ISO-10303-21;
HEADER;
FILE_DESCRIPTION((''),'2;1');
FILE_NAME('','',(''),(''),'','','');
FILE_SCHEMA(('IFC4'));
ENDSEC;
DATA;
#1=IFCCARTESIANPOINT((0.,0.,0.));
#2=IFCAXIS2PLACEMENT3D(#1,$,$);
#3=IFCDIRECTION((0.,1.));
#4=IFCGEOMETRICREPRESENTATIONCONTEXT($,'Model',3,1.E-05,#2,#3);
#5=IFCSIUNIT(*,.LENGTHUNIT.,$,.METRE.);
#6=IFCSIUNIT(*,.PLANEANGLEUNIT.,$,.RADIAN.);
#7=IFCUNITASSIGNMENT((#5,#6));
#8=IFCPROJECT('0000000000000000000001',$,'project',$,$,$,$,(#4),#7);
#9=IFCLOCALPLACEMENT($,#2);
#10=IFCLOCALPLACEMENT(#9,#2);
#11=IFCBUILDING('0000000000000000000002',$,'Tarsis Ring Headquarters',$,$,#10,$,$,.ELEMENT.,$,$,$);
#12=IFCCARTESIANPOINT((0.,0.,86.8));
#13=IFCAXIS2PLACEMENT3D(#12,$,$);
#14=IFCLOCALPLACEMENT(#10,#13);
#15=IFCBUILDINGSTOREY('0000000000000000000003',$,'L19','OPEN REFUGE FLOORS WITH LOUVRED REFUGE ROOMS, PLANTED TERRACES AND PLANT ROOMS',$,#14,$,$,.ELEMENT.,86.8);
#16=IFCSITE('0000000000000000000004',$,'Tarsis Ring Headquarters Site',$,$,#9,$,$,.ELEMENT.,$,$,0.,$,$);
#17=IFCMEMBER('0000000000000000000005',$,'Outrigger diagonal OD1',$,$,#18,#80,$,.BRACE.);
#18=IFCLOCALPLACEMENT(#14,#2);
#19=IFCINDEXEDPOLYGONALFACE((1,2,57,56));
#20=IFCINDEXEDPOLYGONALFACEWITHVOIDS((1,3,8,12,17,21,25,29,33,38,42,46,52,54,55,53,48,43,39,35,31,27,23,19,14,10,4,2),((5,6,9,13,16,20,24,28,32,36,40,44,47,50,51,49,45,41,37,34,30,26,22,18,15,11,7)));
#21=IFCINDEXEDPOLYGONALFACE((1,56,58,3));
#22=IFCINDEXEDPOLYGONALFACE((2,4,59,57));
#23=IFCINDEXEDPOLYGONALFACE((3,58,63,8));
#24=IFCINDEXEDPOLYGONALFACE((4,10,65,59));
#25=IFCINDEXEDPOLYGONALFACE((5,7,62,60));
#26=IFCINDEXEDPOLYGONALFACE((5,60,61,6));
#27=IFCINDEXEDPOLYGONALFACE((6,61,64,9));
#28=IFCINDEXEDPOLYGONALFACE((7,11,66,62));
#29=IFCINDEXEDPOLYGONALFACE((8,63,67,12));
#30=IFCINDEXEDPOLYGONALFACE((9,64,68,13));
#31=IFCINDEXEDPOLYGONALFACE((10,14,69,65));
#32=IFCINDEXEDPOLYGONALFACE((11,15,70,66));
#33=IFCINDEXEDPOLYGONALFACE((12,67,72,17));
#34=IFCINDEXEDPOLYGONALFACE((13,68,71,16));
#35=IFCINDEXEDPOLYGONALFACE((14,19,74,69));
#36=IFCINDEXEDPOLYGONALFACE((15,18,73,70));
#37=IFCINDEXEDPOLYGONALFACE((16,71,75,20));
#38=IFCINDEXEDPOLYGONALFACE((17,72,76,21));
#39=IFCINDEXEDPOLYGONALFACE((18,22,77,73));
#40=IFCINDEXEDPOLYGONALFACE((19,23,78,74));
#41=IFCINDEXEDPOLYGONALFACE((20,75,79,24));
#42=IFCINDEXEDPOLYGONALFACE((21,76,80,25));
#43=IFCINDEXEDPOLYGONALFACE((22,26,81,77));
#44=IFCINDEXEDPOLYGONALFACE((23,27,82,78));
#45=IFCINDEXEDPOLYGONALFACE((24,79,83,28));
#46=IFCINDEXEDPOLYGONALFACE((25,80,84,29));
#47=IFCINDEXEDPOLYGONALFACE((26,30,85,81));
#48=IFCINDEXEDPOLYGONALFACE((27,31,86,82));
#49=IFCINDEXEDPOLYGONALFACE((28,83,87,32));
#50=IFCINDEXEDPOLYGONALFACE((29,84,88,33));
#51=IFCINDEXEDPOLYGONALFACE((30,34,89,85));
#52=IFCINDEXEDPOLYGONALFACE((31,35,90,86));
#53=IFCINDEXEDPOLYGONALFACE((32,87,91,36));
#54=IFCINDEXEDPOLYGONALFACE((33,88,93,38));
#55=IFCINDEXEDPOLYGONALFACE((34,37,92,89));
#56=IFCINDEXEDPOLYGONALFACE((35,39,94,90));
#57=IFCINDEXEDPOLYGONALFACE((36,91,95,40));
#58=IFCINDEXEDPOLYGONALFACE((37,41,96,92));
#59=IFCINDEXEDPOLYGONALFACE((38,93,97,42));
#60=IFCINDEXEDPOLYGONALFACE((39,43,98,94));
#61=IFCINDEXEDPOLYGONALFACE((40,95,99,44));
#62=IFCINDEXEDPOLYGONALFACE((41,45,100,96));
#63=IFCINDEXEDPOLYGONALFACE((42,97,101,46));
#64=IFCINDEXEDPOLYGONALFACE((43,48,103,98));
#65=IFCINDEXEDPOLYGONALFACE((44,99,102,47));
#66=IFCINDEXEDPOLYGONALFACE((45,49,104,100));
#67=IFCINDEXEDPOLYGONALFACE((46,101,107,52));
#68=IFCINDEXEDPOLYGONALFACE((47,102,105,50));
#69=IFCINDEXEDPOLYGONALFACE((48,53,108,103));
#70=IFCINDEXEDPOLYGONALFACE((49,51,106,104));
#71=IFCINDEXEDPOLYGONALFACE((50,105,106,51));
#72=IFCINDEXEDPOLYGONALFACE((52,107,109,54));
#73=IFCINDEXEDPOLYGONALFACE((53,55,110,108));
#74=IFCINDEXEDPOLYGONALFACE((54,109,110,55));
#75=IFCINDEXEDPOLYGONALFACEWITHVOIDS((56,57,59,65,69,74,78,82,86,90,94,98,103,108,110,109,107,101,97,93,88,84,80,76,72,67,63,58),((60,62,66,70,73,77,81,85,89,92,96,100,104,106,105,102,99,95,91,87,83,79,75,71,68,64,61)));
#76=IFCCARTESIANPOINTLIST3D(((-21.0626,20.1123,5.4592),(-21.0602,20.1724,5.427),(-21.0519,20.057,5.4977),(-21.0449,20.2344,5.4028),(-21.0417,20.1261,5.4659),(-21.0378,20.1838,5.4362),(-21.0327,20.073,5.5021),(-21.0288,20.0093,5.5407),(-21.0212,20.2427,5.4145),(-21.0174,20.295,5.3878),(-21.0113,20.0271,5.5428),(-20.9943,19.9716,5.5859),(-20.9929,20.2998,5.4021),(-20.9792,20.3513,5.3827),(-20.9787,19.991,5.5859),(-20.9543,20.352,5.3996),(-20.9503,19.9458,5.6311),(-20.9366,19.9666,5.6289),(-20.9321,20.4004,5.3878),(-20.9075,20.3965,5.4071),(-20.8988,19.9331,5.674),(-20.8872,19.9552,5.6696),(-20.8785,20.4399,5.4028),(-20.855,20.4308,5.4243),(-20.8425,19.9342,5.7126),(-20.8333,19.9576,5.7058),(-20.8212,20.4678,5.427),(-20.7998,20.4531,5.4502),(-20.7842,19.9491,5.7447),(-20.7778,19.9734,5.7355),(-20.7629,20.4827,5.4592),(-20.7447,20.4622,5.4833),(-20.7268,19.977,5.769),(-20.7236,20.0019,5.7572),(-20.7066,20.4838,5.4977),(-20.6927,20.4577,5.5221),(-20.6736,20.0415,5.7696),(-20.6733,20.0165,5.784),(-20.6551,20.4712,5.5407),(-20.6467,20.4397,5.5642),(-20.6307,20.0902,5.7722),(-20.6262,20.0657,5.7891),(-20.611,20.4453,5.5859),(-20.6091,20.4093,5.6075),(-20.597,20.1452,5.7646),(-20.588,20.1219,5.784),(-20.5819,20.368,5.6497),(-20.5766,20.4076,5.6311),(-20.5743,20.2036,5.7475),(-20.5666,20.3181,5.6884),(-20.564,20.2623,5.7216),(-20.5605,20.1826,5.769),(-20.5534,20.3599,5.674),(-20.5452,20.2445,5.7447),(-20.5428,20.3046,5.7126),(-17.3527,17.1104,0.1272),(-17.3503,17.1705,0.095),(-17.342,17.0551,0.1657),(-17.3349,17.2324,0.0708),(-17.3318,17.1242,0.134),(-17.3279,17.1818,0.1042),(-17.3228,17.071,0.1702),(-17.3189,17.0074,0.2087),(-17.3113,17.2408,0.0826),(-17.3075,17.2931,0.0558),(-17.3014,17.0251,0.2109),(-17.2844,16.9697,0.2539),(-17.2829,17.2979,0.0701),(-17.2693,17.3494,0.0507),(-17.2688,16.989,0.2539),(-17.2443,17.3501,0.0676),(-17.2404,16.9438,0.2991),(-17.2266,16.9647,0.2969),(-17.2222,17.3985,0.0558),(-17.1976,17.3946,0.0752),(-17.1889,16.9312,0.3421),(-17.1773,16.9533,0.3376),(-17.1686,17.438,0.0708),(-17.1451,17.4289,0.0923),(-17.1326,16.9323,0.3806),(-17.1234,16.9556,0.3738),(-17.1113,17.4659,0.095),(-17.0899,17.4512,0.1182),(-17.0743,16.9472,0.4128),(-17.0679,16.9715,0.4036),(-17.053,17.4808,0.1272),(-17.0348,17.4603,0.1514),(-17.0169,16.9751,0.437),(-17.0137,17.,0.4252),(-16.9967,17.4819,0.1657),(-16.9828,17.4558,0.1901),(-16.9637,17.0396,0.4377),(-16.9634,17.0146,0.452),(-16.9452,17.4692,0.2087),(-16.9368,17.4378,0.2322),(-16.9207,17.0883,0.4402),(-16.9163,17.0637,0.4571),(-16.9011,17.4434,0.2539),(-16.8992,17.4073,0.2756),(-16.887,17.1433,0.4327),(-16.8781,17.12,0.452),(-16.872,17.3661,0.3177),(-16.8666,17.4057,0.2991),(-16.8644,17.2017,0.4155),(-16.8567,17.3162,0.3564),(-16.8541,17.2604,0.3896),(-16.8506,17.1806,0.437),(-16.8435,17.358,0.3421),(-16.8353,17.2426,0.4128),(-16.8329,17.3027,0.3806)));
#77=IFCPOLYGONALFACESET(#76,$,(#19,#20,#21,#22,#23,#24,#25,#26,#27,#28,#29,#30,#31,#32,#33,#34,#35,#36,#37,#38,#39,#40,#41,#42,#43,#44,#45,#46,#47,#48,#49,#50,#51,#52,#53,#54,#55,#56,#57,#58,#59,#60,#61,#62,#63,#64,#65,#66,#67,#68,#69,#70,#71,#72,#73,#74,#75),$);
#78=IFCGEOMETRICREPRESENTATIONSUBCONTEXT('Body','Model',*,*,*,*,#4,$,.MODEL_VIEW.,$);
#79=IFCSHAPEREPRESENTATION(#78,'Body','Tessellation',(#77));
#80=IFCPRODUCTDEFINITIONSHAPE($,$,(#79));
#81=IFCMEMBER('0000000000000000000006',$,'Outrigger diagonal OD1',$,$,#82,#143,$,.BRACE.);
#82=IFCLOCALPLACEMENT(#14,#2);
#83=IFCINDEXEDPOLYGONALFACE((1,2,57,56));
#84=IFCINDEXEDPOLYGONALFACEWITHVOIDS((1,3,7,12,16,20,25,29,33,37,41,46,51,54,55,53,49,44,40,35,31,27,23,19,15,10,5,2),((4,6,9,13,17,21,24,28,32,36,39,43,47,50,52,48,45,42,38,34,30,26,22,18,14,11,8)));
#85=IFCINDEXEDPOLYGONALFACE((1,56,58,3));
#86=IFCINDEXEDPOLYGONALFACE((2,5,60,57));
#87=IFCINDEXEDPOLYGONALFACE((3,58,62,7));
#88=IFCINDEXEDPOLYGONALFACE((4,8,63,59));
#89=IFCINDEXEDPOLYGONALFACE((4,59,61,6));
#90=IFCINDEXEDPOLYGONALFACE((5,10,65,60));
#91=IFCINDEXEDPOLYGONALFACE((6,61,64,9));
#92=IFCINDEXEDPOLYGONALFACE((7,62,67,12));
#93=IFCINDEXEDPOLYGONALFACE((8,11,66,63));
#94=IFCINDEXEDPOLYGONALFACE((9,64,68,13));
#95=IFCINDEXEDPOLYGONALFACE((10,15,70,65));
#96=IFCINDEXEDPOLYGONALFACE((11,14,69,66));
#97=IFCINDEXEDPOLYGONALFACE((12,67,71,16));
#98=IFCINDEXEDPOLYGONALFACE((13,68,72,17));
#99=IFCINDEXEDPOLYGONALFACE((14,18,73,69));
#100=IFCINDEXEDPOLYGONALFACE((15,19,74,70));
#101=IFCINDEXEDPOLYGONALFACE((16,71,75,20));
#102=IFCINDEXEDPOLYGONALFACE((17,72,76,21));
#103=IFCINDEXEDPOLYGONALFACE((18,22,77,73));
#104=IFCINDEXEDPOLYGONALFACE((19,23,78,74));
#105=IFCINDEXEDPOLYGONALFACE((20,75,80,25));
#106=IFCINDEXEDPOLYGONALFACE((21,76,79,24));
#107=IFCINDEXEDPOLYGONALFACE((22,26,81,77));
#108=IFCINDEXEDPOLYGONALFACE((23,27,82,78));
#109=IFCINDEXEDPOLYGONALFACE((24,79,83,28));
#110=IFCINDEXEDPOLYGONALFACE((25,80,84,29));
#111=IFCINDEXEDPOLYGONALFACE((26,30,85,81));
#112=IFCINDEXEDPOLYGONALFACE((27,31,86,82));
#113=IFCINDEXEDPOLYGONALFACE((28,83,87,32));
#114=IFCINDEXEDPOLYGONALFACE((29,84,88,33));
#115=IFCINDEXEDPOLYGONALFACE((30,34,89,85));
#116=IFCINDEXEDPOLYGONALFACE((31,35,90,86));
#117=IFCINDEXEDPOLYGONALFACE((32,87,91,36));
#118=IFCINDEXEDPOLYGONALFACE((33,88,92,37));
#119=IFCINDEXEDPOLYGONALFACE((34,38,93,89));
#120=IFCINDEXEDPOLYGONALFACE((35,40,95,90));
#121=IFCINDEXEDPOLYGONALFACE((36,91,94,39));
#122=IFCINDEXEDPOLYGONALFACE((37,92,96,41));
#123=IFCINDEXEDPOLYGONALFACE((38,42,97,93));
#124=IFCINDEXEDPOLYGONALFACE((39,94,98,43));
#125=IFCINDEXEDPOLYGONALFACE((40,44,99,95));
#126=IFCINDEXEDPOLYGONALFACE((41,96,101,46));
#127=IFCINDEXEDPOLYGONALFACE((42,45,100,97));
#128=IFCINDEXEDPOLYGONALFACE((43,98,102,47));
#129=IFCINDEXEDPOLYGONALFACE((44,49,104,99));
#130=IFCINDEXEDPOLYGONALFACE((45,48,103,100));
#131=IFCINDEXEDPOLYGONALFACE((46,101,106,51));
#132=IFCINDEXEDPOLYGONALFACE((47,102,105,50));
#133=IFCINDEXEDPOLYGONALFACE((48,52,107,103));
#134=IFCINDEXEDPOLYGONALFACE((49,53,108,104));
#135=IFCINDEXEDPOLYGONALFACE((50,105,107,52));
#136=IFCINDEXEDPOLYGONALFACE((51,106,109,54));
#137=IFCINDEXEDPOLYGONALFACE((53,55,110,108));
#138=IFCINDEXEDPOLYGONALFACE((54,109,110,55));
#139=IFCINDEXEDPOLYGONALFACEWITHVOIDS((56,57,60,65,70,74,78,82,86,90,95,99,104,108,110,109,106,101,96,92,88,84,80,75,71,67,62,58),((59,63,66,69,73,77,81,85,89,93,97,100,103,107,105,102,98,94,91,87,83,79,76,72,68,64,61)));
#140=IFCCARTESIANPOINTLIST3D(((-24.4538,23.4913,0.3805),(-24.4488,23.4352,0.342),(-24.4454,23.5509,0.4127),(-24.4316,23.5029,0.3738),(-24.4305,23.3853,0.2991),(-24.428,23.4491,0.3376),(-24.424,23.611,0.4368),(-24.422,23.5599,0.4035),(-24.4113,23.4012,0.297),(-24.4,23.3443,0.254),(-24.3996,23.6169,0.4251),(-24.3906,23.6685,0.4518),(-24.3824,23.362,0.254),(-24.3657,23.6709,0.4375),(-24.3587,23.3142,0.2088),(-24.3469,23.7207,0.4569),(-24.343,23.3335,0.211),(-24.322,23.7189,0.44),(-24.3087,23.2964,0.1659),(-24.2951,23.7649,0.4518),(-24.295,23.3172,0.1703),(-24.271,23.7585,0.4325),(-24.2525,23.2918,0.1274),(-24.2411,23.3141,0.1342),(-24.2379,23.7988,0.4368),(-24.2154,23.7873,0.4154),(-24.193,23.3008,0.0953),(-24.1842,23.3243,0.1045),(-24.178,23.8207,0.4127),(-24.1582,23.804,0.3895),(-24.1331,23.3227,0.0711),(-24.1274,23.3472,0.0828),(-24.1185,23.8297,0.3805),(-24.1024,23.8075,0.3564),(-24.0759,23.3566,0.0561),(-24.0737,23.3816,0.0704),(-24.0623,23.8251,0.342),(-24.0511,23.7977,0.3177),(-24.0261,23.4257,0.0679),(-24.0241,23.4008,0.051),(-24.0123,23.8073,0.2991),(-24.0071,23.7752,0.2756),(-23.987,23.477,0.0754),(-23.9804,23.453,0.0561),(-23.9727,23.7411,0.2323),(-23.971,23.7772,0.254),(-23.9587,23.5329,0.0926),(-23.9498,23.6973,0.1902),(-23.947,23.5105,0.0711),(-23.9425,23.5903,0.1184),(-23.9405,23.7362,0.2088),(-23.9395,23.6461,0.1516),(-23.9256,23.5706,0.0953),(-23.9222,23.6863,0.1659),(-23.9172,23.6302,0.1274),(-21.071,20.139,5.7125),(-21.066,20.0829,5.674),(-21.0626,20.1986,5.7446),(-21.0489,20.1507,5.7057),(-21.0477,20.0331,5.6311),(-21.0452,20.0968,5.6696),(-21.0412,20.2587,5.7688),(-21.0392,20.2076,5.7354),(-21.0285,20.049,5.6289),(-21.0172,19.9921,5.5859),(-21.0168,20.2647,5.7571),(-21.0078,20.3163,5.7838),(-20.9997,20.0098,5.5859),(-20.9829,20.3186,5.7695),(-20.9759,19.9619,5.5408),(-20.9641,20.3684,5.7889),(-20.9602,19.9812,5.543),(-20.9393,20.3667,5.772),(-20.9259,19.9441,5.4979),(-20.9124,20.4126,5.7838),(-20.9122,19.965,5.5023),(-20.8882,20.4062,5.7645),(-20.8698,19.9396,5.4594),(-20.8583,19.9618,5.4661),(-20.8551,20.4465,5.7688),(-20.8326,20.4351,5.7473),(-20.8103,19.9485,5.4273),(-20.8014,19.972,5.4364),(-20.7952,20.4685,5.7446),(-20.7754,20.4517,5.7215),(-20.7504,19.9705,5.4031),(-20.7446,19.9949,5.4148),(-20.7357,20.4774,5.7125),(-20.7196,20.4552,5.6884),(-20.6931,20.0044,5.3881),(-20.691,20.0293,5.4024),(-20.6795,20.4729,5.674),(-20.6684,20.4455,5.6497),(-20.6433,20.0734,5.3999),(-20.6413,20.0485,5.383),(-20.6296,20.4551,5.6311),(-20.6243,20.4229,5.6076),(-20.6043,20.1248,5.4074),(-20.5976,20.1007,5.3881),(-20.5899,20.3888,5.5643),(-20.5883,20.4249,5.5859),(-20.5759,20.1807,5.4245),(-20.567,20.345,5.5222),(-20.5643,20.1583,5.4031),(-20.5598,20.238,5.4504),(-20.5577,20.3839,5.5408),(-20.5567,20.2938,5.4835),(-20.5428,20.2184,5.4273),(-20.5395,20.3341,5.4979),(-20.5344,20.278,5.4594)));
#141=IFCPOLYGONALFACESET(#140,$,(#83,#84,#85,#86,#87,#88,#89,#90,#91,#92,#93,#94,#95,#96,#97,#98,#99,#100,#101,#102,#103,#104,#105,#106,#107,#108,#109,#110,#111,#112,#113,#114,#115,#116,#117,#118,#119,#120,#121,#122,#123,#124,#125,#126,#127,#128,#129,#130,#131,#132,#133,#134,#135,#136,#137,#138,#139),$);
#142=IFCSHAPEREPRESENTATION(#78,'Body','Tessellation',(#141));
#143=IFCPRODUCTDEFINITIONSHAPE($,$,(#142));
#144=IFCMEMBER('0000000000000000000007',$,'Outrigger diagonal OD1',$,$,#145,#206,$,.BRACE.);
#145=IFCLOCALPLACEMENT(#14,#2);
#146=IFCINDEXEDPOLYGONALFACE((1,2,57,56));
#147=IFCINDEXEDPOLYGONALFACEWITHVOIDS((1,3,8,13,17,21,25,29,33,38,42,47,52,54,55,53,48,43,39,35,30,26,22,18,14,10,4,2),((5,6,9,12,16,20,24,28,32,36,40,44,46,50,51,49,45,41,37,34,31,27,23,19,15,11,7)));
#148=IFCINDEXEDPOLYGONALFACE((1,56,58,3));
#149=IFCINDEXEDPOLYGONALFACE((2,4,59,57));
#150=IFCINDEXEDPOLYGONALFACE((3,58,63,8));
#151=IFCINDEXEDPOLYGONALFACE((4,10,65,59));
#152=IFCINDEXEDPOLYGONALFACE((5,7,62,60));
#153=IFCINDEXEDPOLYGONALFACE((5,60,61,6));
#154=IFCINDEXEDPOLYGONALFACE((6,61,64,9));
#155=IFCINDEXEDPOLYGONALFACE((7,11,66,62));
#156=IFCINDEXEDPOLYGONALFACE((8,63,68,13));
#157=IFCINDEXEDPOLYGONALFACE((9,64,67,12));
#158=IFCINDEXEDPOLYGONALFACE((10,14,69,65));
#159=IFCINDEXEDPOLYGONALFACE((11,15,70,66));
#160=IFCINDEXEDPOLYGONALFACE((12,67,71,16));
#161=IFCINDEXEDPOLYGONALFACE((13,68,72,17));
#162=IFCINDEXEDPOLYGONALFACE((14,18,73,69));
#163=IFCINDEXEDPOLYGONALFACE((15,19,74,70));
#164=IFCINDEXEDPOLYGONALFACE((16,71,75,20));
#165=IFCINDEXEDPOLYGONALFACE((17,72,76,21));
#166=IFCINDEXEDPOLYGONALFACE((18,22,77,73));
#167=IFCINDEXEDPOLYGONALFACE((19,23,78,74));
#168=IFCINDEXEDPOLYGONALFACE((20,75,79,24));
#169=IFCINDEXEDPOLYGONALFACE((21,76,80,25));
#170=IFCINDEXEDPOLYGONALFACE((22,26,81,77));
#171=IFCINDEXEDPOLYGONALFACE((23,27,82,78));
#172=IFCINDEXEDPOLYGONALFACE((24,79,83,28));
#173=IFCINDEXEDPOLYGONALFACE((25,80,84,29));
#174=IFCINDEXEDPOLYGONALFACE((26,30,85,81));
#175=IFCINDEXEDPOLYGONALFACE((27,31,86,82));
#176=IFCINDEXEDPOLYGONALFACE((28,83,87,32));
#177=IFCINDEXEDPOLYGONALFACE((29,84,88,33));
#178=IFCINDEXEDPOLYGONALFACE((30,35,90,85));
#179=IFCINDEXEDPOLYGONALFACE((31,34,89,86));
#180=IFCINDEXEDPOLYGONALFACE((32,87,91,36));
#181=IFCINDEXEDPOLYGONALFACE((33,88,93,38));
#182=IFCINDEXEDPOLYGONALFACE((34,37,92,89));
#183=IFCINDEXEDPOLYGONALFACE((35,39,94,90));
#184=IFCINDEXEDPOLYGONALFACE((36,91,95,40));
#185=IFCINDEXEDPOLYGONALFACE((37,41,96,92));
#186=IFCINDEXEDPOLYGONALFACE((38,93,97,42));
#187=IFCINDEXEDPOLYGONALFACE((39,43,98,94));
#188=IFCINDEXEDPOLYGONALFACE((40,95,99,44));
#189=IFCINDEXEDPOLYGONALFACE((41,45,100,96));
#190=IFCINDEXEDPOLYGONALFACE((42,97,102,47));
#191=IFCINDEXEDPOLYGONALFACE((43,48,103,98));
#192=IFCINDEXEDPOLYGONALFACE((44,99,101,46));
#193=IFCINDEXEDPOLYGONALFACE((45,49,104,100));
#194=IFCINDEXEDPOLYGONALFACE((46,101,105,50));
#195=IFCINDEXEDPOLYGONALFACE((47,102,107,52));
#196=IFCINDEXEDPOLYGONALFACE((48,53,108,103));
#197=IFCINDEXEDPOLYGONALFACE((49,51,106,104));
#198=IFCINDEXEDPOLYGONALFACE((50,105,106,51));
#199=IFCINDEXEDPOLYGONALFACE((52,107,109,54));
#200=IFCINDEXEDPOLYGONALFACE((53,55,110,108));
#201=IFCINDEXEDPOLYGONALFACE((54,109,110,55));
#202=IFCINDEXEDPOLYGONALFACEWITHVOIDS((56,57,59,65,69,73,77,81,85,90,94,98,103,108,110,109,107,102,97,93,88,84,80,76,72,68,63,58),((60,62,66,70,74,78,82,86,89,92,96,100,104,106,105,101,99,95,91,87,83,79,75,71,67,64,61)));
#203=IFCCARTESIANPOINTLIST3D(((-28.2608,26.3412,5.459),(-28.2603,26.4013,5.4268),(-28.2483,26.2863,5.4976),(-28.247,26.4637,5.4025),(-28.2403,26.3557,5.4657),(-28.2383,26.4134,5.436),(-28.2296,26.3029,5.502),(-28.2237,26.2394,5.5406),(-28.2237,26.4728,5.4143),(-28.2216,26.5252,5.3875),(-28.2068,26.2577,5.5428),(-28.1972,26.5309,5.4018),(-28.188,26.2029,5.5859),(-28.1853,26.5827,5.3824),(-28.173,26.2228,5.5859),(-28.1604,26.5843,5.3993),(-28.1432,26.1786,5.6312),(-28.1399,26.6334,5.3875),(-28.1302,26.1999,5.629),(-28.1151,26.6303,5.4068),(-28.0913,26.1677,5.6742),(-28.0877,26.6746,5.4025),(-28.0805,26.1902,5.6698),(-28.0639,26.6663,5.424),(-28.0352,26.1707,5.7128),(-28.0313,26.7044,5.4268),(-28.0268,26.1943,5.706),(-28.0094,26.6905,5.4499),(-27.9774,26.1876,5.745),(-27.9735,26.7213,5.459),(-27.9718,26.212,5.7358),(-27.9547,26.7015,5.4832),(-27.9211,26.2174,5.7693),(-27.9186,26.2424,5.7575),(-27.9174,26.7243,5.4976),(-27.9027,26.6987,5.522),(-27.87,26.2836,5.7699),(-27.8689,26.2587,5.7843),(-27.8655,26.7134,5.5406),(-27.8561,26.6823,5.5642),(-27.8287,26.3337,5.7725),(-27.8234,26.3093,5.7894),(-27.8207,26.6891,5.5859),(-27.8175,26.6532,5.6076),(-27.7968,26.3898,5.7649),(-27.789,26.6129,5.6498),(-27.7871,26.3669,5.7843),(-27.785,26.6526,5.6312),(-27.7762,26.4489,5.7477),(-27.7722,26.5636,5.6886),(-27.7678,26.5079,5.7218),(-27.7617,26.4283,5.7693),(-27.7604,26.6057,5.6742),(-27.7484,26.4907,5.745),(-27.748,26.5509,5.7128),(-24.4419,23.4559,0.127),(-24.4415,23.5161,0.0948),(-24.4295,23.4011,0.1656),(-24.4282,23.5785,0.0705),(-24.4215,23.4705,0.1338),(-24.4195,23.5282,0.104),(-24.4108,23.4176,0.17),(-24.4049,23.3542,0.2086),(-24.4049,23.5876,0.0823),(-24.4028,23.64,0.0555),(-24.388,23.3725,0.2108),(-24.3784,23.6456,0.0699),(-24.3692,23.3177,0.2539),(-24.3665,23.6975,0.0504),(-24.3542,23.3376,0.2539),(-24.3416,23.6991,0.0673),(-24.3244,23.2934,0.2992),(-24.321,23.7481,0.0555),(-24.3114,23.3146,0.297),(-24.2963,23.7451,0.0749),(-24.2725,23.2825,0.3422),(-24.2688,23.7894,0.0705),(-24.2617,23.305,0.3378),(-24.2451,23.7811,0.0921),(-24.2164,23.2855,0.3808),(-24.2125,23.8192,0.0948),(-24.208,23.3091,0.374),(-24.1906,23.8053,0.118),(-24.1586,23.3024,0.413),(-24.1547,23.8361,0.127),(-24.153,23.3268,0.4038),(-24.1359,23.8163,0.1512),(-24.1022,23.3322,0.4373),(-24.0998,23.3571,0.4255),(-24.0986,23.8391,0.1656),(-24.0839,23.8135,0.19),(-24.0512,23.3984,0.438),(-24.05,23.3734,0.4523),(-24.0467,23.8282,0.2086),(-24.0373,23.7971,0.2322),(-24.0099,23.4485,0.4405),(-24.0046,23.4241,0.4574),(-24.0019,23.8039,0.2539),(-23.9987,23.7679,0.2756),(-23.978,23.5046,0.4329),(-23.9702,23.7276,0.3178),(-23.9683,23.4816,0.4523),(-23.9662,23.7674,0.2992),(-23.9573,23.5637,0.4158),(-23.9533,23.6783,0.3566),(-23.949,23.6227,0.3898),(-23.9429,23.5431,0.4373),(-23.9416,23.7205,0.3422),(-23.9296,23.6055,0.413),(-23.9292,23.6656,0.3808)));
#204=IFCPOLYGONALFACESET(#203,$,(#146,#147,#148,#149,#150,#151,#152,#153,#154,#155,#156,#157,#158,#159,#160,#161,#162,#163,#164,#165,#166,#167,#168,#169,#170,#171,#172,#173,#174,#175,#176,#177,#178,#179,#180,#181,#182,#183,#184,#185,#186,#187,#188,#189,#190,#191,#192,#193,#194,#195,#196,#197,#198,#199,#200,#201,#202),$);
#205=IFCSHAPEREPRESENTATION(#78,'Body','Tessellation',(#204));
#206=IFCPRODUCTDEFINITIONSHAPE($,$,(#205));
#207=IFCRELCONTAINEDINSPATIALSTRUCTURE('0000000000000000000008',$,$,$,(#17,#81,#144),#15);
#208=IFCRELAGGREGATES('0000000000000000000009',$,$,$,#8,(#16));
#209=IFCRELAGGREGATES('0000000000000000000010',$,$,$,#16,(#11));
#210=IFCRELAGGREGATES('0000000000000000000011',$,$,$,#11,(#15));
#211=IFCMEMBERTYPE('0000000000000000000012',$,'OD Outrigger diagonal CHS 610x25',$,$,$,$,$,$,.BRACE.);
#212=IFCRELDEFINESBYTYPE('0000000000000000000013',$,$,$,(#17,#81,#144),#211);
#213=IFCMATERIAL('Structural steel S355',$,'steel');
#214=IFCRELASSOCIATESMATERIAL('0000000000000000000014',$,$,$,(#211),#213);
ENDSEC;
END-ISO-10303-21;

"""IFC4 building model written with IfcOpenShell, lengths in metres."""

from ifc_helpers import new_model, si_unit, direction, frame, origin, origin_2d, place, context, subcontext, project, spatial, hollow_circle, extrude, material, material_profile, profile_set, type_object, element, save


model = new_model("IFC4")

# Units and contexts
model_context = context("Model", 3, precision=1e-05, world=origin(), true_north=direction((0.0, 1.0)))
body_context = subcontext(model_context, "Body", "Model", "MODEL_VIEW")
ifc_project = project(units=[si_unit("LENGTHUNIT", "METRE"), si_unit("PLANEANGLEUNIT", "RADIAN")], contexts=[model_context])

# Site, building, storey
site_placement = place(None, origin())
site = spatial("IfcSite", under=ifc_project, at=site_placement, Name="Tarsis Ring Headquarters Site", CompositionType="ELEMENT", RefElevation=0.0)
building_placement = place(site_placement, origin())
building = spatial("IfcBuilding", under=site, at=building_placement, Name="Tarsis Ring Headquarters", CompositionType="ELEMENT")
storey_placement = place(building_placement, frame((0.0, 0.0, 86.8)))
storey = spatial("IfcBuildingStorey", under=building, at=storey_placement, Name="L19", Description="OPEN REFUGE FLOORS WITH LOUVRED REFUGE ROOMS, PLANTED TERRACES AND PLANT ROOMS", CompositionType="ELEMENT", Elevation=86.8)

# Members
ifc_material_1 = material(Name="Structural steel S355", Category="steel")
ifc_material_profile_1 = material_profile(ifc_material_1, hollow_circle(Radius=0.3047, WallThickness=0.0249, at=origin_2d()), Name="CHS 610x25")
ifc_profile_set_1 = profile_set([ifc_material_profile_1], Name="Structural steel S355")
member_type_1 = type_object("IfcMemberType", Name="OD Outrigger diagonal CHS 610x25", PredefinedType="BRACE", material=ifc_profile_set_1)
member_1_placement = place(storey_placement, frame((-17.0928, 17.2065, 0.2539), z_axis=(-0.518452, 0.419511, 0.74513), x_axis=(-0.629028, -0.777383, 0.0)))
element("IfcMember", 1, at=member_1_placement, inside=storey, type_object=member_type_1, Name="Outrigger diagonal OD1", PredefinedType="BRACE", context=body_context, shape_type="SweptSolid", body=[
    extrude(hollow_circle(Radius=0.3047, WallThickness=0.0249, at=origin_2d()), origin(), (0.0, 0.0, 1.0), 7.1558),
])
member_2_placement = place(storey_placement, frame((-20.8027, 20.2085, 5.5859), z_axis=(-0.47317, 0.468901, -0.745816), x_axis=(-0.703896, -0.710303, 0.0)))
element("IfcMember", 2, at=member_2_placement, inside=storey, type_object=member_type_1, Name="Outrigger diagonal OD1", PredefinedType="BRACE", context=body_context, shape_type="SweptSolid", body=[
    extrude(hollow_circle(Radius=0.3047, WallThickness=0.0249, at=origin_2d()), origin(), (0.0, 0.0, 1.0), 7.1492),
])
member_3_placement = place(storey_placement, frame((-24.1855, 23.5608, 0.2539), z_axis=(-0.532978, 0.402681, 0.744166), x_axis=(-0.60282, -0.797877, 0.0)))
element("IfcMember", 3, at=member_3_placement, inside=storey, type_object=member_type_1, Name="Outrigger diagonal OD1", PredefinedType="BRACE", context=body_context, shape_type="SweptSolid", body=[
    extrude(hollow_circle(Radius=0.3047, WallThickness=0.0249, at=origin_2d()), origin(), (0.0, 0.0, 1.0), 7.165),
])

save(model, "model.ifc")
